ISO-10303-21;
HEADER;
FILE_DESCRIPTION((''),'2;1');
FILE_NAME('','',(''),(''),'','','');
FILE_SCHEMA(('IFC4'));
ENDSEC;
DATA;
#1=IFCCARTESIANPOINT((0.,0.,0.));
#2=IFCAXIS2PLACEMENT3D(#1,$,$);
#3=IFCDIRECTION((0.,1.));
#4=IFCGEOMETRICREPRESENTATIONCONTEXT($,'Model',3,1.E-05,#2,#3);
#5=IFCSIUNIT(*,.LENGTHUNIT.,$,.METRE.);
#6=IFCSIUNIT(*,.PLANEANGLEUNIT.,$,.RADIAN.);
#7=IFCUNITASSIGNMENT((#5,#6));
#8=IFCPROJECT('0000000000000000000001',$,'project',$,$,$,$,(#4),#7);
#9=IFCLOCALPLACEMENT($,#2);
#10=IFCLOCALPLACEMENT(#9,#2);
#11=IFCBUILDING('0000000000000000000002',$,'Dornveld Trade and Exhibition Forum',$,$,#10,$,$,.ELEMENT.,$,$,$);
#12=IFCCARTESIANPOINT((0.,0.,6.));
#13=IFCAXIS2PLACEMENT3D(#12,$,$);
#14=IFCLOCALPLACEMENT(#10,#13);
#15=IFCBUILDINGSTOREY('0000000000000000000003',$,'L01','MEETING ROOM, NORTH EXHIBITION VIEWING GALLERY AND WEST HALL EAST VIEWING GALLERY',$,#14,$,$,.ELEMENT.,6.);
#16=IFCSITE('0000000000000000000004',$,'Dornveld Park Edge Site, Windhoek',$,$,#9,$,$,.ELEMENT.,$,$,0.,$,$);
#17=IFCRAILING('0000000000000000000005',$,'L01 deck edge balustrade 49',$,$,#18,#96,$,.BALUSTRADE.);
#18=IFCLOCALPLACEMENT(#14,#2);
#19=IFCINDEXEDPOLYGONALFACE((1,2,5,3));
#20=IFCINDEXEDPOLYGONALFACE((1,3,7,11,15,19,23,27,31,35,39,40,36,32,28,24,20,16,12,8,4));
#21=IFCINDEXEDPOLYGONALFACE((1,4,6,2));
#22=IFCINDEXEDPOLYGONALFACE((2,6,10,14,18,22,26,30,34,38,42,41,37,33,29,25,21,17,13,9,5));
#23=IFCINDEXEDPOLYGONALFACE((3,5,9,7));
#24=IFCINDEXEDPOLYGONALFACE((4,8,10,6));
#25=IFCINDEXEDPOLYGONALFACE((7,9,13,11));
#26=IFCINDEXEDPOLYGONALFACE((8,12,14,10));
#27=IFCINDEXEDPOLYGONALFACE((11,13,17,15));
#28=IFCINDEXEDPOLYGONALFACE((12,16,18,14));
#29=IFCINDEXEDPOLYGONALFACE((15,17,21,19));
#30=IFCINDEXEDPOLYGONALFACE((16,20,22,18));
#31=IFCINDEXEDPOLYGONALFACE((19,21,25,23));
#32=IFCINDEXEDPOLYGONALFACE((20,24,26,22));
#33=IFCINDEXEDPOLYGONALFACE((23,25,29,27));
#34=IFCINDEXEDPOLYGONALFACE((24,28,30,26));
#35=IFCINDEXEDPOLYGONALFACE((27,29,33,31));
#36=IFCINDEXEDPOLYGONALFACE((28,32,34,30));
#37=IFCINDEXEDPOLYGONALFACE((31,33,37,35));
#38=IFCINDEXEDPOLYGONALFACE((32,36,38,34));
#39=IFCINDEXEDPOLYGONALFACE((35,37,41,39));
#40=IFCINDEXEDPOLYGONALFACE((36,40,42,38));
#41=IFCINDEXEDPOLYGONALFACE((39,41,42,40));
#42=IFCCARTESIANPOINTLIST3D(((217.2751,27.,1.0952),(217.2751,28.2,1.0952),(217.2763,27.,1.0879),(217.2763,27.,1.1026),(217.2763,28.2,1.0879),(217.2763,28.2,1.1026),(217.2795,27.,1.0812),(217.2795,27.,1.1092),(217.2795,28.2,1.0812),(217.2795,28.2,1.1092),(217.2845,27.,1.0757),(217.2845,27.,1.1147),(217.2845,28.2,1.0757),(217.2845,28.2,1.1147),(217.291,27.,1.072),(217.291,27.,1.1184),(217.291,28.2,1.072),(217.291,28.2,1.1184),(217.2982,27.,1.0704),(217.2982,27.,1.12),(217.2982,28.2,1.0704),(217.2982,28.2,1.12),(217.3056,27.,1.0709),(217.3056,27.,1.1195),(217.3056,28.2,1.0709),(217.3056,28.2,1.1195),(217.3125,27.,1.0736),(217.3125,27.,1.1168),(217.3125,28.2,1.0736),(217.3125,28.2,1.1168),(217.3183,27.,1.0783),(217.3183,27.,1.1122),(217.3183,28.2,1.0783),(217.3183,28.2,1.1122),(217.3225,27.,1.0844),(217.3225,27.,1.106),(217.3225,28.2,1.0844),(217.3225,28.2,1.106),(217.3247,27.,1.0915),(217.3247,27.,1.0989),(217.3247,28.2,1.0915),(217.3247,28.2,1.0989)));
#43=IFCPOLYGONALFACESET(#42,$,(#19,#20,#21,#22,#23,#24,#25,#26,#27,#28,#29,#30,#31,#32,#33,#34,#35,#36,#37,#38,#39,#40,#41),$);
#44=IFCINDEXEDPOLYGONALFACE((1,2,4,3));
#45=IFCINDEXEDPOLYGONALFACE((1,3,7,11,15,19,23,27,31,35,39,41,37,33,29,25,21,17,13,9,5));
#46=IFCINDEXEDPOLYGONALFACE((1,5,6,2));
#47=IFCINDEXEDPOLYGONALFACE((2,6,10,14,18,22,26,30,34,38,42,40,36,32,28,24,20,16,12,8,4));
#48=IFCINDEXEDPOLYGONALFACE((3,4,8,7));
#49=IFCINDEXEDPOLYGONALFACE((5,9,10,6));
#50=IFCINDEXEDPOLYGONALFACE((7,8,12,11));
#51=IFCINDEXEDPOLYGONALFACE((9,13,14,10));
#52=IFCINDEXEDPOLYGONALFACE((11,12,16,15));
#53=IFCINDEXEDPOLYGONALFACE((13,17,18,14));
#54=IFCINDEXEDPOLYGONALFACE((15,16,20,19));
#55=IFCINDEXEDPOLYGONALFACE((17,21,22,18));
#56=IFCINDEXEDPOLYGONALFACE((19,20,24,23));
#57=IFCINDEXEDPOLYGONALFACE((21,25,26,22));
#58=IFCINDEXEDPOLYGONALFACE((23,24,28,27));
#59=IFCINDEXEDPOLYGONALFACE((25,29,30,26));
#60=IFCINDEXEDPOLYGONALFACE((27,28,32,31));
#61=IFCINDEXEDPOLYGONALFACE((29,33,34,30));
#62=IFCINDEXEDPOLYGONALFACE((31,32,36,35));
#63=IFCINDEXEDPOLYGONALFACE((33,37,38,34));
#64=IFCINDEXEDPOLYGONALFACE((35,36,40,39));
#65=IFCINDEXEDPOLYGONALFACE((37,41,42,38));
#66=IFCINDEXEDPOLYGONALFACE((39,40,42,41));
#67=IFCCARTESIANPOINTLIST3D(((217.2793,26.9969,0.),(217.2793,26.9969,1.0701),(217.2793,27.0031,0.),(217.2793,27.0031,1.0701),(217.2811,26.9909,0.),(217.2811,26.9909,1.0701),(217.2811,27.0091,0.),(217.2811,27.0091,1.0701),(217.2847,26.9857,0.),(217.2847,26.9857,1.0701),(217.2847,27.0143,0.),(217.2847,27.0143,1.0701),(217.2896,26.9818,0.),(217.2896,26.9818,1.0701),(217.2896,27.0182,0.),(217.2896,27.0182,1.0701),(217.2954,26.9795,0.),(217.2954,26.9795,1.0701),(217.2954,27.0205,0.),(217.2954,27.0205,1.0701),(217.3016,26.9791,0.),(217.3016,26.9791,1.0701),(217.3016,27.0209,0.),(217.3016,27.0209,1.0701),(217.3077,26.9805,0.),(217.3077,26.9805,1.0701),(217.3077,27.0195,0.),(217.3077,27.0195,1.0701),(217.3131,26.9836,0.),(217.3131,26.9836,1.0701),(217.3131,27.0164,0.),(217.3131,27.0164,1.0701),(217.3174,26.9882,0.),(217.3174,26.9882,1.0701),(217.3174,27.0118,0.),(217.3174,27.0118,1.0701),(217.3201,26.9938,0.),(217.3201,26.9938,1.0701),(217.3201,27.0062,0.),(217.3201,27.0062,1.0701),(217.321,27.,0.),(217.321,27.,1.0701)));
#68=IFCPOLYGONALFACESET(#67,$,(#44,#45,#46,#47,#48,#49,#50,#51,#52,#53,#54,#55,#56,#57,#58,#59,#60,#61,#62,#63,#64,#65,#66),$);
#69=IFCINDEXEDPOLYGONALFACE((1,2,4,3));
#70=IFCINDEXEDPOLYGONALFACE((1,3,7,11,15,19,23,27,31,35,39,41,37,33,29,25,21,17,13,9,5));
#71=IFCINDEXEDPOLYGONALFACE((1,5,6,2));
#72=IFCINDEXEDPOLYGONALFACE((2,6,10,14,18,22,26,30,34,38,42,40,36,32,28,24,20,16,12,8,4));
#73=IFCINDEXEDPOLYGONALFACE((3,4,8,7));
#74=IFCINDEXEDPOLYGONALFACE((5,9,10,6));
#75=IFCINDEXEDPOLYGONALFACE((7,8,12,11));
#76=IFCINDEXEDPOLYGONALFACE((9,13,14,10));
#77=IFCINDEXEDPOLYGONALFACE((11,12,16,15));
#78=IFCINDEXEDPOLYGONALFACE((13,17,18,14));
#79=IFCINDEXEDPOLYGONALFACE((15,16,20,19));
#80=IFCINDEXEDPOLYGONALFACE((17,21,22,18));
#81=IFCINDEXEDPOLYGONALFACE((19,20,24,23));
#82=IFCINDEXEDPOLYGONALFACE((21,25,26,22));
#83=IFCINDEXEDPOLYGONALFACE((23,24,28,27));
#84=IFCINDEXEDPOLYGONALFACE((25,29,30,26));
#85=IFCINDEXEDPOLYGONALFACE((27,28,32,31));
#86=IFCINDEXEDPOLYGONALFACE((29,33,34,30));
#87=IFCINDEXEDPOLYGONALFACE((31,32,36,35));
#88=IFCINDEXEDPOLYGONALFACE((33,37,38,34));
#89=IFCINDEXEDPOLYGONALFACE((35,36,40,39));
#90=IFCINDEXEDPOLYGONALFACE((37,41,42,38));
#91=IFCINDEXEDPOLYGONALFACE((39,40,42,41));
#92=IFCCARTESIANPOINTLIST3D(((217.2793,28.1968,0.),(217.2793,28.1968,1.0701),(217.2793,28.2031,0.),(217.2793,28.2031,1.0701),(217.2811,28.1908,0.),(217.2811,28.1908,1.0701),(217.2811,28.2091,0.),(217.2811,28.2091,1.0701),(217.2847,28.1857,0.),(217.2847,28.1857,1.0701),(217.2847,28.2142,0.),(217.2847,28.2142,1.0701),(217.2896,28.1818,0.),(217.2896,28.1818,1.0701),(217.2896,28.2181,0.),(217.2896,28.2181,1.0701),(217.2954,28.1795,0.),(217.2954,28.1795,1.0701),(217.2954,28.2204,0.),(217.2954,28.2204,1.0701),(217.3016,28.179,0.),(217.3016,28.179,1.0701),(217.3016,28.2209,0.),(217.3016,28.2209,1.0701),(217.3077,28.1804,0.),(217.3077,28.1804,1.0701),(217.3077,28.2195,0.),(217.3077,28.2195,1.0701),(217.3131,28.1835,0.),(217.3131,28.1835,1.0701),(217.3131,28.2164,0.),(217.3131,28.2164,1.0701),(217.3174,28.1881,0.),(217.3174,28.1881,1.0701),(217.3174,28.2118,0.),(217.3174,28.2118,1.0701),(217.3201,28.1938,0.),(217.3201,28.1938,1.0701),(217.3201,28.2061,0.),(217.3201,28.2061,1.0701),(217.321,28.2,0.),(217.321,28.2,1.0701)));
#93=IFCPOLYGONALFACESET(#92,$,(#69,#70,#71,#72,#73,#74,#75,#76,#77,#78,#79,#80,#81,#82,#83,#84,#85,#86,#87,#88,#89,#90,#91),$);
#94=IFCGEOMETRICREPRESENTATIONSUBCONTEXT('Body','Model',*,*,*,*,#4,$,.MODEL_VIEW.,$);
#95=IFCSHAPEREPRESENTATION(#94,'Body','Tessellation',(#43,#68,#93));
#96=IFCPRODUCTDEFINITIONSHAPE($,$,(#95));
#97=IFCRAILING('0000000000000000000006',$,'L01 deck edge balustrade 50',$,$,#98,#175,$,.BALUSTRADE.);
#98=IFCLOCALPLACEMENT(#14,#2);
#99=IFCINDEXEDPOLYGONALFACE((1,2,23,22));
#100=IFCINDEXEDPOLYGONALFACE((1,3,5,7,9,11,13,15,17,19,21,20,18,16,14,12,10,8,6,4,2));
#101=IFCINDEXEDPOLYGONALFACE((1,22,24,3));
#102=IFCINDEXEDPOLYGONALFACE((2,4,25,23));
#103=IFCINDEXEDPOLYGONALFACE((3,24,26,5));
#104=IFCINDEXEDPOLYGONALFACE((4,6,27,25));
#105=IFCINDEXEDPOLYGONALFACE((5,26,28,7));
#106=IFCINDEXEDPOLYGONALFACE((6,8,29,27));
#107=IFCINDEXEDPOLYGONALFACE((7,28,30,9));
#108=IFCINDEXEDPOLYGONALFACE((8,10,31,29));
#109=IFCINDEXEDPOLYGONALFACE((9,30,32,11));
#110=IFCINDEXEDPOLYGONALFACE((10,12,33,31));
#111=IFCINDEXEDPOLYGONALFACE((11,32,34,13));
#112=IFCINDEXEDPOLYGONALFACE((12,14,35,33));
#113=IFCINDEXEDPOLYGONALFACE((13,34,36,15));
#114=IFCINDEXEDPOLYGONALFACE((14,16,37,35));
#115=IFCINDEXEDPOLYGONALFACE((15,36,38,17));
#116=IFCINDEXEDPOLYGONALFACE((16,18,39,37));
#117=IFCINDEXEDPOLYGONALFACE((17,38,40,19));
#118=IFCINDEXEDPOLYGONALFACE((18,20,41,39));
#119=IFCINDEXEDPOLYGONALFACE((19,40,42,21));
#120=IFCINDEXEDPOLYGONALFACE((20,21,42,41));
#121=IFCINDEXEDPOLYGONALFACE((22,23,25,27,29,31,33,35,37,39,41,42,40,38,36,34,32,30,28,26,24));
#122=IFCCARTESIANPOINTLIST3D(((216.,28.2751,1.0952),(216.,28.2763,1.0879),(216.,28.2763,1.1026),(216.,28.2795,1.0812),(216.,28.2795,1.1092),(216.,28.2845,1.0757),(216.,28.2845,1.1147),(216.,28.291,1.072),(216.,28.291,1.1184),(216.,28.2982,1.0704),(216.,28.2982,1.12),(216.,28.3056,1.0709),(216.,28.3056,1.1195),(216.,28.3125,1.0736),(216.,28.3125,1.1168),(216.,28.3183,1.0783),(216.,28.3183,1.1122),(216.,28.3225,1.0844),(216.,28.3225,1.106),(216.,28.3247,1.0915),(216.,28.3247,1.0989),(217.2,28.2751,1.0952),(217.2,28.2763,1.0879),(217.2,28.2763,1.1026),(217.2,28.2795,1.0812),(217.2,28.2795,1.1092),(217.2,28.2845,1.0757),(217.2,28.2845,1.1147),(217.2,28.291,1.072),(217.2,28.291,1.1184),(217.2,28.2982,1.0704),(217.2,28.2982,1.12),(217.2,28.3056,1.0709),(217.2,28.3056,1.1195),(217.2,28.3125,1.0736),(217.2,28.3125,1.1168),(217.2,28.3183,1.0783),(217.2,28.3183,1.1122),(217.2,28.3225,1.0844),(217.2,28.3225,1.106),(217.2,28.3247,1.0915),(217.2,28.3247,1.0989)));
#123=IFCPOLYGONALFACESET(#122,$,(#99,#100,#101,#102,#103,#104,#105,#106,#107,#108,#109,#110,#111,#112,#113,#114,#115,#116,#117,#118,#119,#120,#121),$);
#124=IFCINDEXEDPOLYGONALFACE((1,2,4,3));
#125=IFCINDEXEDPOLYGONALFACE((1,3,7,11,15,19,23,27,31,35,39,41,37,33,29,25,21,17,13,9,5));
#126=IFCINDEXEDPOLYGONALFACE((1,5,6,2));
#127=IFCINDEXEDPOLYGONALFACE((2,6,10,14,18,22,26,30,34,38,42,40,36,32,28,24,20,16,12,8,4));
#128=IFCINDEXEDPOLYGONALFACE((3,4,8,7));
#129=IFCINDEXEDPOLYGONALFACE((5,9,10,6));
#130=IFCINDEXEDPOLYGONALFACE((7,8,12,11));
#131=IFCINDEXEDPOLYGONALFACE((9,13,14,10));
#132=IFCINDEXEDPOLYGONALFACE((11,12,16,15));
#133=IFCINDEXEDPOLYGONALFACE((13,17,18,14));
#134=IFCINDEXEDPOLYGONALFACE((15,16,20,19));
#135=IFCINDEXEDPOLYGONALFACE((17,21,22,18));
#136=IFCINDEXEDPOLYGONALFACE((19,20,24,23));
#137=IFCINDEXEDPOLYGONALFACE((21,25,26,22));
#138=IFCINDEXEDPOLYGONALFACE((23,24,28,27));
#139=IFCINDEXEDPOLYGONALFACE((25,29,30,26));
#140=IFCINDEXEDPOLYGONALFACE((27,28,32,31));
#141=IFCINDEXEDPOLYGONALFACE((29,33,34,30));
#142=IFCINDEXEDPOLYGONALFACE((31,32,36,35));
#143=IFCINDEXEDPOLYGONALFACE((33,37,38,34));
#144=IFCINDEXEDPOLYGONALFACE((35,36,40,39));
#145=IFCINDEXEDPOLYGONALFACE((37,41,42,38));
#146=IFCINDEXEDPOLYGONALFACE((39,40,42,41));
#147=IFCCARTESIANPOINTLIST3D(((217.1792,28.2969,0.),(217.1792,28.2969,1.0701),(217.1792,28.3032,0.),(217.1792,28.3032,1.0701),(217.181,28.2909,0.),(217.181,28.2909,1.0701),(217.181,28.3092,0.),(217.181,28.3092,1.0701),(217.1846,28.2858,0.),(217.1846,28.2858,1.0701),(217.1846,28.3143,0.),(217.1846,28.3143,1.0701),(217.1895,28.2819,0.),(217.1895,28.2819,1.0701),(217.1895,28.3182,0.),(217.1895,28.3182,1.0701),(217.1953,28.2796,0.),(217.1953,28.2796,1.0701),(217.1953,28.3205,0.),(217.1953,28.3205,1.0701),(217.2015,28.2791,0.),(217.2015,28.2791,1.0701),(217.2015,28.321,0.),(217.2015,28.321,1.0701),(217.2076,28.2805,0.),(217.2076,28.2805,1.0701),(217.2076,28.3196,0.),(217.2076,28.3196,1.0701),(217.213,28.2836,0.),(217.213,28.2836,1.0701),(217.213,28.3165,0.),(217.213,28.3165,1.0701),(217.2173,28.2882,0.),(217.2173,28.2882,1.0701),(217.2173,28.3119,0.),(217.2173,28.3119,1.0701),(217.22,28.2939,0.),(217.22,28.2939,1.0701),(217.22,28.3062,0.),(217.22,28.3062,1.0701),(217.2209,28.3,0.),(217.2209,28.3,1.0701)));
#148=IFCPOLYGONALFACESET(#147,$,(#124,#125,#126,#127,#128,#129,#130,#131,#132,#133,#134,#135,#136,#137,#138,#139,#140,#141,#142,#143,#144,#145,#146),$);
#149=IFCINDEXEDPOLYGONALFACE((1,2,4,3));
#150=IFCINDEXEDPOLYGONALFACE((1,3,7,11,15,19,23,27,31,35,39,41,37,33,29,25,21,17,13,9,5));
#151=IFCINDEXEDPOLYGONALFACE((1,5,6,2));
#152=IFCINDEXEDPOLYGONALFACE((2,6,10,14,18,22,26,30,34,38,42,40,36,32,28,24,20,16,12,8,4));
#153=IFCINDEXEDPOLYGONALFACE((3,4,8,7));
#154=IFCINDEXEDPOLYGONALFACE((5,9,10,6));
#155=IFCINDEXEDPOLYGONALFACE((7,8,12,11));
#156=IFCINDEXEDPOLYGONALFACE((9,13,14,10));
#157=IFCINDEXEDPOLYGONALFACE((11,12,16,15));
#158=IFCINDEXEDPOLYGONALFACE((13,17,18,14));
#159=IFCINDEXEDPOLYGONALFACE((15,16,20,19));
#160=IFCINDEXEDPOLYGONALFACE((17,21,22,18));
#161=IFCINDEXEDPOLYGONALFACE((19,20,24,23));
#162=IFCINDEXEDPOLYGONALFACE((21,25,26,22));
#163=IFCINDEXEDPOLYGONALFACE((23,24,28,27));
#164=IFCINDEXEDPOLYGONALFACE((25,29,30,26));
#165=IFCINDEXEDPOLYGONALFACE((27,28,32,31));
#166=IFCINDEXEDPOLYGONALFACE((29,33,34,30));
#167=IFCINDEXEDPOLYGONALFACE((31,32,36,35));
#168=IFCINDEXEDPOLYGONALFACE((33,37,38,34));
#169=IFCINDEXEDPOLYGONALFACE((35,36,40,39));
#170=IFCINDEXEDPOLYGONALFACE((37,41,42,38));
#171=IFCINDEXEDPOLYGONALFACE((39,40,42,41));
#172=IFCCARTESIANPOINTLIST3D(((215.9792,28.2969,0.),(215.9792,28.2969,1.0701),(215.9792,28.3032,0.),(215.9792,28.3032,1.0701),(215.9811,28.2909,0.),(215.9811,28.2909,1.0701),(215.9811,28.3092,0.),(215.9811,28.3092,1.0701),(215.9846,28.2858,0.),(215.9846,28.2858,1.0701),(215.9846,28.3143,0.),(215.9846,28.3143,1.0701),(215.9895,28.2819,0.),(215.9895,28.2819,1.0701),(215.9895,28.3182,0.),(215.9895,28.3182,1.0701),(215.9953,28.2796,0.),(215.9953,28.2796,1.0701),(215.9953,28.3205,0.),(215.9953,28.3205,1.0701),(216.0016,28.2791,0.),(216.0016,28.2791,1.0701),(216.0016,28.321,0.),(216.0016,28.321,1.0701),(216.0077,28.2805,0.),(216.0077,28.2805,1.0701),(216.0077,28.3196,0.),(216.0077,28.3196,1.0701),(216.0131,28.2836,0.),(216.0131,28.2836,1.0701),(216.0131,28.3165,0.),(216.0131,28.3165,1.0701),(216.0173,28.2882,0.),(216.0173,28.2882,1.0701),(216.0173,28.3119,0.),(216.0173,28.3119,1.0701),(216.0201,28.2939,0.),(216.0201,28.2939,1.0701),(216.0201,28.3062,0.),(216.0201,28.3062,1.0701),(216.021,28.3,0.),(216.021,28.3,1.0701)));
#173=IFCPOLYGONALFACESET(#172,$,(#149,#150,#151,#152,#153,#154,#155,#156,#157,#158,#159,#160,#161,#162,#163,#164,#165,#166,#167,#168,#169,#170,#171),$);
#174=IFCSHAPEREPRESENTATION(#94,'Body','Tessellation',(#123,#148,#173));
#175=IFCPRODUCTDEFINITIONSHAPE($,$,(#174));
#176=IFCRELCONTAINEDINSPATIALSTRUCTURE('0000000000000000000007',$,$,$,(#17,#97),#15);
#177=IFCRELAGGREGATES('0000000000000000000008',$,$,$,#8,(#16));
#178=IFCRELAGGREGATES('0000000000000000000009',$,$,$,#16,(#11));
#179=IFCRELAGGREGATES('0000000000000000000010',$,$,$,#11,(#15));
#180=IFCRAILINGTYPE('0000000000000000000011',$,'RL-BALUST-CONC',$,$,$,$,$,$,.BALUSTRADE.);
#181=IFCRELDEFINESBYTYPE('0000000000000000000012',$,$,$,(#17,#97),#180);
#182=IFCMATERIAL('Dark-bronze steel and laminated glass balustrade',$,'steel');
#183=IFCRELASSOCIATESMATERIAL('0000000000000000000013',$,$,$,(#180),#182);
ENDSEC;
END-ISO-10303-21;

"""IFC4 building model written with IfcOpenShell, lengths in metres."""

from ifc_helpers import new_model, si_unit, direction, frame, origin, origin_2d, place, context, subcontext, project, spatial, circle, extrude, material, type_object, element, save


model = new_model("IFC4")

# Units and contexts
model_context = context("Model", 3, precision=1e-05, world=origin(), true_north=direction((0.0, 1.0)))
body_context = subcontext(model_context, "Body", "Model", "MODEL_VIEW")
ifc_project = project(units=[si_unit("LENGTHUNIT", "METRE"), si_unit("PLANEANGLEUNIT", "RADIAN")], contexts=[model_context])

# Site, building, storey
site_placement = place(None, origin())
site = spatial("IfcSite", under=ifc_project, at=site_placement, Name="Dornveld Park Edge Site, Windhoek", CompositionType="ELEMENT", RefElevation=0.0)
building_placement = place(site_placement, origin())
building = spatial("IfcBuilding", under=site, at=building_placement, Name="Dornveld Trade and Exhibition Forum", CompositionType="ELEMENT")
storey_placement = place(building_placement, frame((0.0, 0.0, 6.0)))
storey = spatial("IfcBuildingStorey", under=building, at=storey_placement, Name="L01", Description="MEETING ROOM, NORTH EXHIBITION VIEWING GALLERY AND WEST HALL EAST VIEWING GALLERY", CompositionType="ELEMENT", Elevation=6.0)

# Railings
ifc_material_1 = material(Name="Dark-bronze steel and laminated glass balustrade", Category="steel")
railing_type_1 = type_object("IfcRailingType", Name="RL-BALUST-CONC", PredefinedType="BALUSTRADE", material=ifc_material_1)
railing_1_placement = place(storey_placement, frame((217.3, 27.0, 0.0)))
element("IfcRailing", 1, at=railing_1_placement, inside=storey, type_object=railing_type_1, Name="L01 deck edge balustrade 49", PredefinedType="BALUSTRADE", context=body_context, shape_type="SweptSolid", body=[
    extrude(circle(Radius=0.0249, at=origin_2d()), frame((0.0, 0.0, 1.0952), z_axis=(0.0, 1.0, 0.0), x_axis=(-1.0, 0.0, 0.0)), (0.0, 0.0, 1.0), 1.2),
    extrude(circle(Radius=0.021, at=origin_2d()), origin(), (0.0, 0.0, 1.0), 1.0701),
    extrude(circle(Radius=0.021, at=origin_2d()), frame((0.0, 1.2, 0.0)), (0.0, 0.0, 1.0), 1.0701),
])
railing_2_placement = place(storey_placement, frame((217.2, 28.3, 0.0)))
element("IfcRailing", 2, at=railing_2_placement, inside=storey, type_object=railing_type_1, Name="L01 deck edge balustrade 50", PredefinedType="BALUSTRADE", context=body_context, shape_type="SweptSolid", body=[
    extrude(circle(Radius=0.0249, at=origin_2d()), frame((0.0, 0.0, 1.0952), z_axis=(-1.0, 0.0, 0.0), x_axis=(0.0, -1.0, 0.0)), (0.0, 0.0, 1.0), 1.2),
    extrude(circle(Radius=0.021, at=origin_2d()), origin(), (0.0, 0.0, 1.0), 1.0701),
    extrude(circle(Radius=0.021, at=origin_2d()), frame((-1.2, 0.0, 0.0)), (0.0, 0.0, 1.0), 1.0701),
])

save(model, "model.ifc")
